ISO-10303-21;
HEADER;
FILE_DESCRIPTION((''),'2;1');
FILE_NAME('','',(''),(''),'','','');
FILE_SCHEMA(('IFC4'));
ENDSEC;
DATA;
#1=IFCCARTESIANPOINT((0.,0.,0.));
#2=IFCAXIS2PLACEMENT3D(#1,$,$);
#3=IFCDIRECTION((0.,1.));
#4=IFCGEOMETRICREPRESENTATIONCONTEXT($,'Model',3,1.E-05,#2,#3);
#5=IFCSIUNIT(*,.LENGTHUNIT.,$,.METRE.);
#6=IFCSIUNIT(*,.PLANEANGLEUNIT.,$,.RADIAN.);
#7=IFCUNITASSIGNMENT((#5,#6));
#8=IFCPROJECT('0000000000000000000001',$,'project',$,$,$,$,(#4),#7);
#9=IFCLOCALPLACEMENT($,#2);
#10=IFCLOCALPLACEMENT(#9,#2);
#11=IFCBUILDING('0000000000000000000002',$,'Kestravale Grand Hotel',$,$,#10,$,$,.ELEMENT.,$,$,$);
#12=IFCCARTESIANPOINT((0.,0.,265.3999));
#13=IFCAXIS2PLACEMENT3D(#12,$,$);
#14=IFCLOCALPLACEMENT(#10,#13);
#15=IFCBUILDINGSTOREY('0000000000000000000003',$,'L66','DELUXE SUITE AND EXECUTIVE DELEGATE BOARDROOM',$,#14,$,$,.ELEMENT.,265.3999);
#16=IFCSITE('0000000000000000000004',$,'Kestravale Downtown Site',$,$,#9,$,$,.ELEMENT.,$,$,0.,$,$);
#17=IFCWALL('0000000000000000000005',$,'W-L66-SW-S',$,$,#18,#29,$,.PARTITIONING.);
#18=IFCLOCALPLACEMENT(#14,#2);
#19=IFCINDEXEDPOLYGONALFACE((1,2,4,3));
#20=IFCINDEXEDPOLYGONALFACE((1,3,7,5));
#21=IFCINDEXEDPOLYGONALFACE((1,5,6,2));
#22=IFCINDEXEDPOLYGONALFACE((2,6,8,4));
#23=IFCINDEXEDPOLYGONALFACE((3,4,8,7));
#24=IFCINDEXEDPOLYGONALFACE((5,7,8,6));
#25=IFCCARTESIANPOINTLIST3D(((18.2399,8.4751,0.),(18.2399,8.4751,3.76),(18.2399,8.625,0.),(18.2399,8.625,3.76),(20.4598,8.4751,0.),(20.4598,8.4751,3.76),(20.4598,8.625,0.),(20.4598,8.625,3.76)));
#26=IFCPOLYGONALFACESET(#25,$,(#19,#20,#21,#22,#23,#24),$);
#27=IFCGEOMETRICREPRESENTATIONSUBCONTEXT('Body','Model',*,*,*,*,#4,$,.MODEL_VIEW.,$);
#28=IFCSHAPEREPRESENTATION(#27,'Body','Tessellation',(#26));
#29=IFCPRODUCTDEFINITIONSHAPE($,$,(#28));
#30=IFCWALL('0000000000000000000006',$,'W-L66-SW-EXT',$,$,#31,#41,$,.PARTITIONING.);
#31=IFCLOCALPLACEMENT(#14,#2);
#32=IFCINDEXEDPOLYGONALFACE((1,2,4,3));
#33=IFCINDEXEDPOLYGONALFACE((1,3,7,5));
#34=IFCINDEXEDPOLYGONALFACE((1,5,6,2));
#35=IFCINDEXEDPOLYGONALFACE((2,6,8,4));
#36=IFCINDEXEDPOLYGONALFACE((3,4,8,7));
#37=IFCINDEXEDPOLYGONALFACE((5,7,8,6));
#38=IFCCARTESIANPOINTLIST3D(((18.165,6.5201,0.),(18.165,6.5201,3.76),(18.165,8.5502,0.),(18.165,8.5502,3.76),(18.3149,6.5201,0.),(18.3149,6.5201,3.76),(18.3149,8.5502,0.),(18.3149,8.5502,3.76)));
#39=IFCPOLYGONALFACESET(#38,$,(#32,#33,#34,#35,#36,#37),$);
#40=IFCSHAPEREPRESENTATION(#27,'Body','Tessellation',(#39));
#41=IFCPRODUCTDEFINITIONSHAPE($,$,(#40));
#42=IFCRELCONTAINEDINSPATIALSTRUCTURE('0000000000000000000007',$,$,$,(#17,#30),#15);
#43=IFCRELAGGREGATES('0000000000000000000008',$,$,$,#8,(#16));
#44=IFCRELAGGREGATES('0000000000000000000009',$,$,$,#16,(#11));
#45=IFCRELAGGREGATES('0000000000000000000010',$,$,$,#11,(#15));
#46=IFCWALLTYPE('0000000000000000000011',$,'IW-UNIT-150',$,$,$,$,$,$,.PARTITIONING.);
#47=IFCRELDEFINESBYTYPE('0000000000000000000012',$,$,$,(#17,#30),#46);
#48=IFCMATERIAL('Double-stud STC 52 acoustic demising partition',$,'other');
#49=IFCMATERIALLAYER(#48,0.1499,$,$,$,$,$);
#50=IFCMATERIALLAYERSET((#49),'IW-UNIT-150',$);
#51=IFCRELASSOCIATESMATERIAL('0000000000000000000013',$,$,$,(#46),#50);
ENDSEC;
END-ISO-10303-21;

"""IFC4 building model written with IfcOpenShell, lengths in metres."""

from ifc_helpers import new_model, si_unit, direction, frame, frame_2d, origin, place, context, subcontext, project, spatial, rectangle, extrude, material, layer, layer_set, type_object, element, save


model = new_model("IFC4")

# Units and contexts
model_context = context("Model", 3, precision=1e-05, world=origin(), true_north=direction((0.0, 1.0)))
body_context = subcontext(model_context, "Body", "Model", "MODEL_VIEW")
ifc_project = project(units=[si_unit("LENGTHUNIT", "METRE"), si_unit("PLANEANGLEUNIT", "RADIAN")], contexts=[model_context])

# Site, building, storey
site_placement = place(None, origin())
site = spatial("IfcSite", under=ifc_project, at=site_placement, Name="Kestravale Downtown Site", CompositionType="ELEMENT", RefElevation=0.0)
building_placement = place(site_placement, origin())
building = spatial("IfcBuilding", under=site, at=building_placement, Name="Kestravale Grand Hotel", CompositionType="ELEMENT")
storey_placement = place(building_placement, frame((0.0, 0.0, 265.3999)))
storey = spatial("IfcBuildingStorey", under=building, at=storey_placement, Name="L66", Description="DELUXE SUITE AND EXECUTIVE DELEGATE BOARDROOM", CompositionType="ELEMENT", Elevation=265.3999)

# Walls
ifc_material_1 = material(Name="Double-stud STC 52 acoustic demising partition", Category="other")
ifc_layer_1 = layer(ifc_material_1, 0.1499)
ifc_layer_set_1 = layer_set([ifc_layer_1], Name="IW-UNIT-150")
wall_type_1 = type_object("IfcWallType", Name="IW-UNIT-150", PredefinedType="PARTITIONING", material=ifc_layer_set_1)
wall_1_placement = place(storey_placement, frame((18.24, 8.55, 0.0), z_axis=(0.0, 0.0, 1.0), x_axis=(1.0, 0.0, 0.0)))
element("IfcWall", 1, at=wall_1_placement, inside=storey, type_object=wall_type_1, Name="W-L66-SW-S", PredefinedType="PARTITIONING", context=body_context, shape_type="SweptSolid", body=[
    extrude(rectangle(XDim=2.22, YDim=0.1499, at=frame_2d((1.1099, 0.0))), origin(), (0.0, 0.0, 1.0), 3.76),
])
wall_2_placement = place(storey_placement, frame((18.24, 6.52, 0.0), z_axis=(0.0, 0.0, 1.0), x_axis=(0.0, 1.0, 0.0)))
element("IfcWall", 2, at=wall_2_placement, inside=storey, type_object=wall_type_1, Name="W-L66-SW-EXT", PredefinedType="PARTITIONING", context=body_context, shape_type="SweptSolid", body=[
    extrude(rectangle(XDim=2.03, YDim=0.1499, at=frame_2d((1.0151, 0.0))), origin(), (0.0, 0.0, 1.0), 3.76),
])

save(model, "model.ifc")
